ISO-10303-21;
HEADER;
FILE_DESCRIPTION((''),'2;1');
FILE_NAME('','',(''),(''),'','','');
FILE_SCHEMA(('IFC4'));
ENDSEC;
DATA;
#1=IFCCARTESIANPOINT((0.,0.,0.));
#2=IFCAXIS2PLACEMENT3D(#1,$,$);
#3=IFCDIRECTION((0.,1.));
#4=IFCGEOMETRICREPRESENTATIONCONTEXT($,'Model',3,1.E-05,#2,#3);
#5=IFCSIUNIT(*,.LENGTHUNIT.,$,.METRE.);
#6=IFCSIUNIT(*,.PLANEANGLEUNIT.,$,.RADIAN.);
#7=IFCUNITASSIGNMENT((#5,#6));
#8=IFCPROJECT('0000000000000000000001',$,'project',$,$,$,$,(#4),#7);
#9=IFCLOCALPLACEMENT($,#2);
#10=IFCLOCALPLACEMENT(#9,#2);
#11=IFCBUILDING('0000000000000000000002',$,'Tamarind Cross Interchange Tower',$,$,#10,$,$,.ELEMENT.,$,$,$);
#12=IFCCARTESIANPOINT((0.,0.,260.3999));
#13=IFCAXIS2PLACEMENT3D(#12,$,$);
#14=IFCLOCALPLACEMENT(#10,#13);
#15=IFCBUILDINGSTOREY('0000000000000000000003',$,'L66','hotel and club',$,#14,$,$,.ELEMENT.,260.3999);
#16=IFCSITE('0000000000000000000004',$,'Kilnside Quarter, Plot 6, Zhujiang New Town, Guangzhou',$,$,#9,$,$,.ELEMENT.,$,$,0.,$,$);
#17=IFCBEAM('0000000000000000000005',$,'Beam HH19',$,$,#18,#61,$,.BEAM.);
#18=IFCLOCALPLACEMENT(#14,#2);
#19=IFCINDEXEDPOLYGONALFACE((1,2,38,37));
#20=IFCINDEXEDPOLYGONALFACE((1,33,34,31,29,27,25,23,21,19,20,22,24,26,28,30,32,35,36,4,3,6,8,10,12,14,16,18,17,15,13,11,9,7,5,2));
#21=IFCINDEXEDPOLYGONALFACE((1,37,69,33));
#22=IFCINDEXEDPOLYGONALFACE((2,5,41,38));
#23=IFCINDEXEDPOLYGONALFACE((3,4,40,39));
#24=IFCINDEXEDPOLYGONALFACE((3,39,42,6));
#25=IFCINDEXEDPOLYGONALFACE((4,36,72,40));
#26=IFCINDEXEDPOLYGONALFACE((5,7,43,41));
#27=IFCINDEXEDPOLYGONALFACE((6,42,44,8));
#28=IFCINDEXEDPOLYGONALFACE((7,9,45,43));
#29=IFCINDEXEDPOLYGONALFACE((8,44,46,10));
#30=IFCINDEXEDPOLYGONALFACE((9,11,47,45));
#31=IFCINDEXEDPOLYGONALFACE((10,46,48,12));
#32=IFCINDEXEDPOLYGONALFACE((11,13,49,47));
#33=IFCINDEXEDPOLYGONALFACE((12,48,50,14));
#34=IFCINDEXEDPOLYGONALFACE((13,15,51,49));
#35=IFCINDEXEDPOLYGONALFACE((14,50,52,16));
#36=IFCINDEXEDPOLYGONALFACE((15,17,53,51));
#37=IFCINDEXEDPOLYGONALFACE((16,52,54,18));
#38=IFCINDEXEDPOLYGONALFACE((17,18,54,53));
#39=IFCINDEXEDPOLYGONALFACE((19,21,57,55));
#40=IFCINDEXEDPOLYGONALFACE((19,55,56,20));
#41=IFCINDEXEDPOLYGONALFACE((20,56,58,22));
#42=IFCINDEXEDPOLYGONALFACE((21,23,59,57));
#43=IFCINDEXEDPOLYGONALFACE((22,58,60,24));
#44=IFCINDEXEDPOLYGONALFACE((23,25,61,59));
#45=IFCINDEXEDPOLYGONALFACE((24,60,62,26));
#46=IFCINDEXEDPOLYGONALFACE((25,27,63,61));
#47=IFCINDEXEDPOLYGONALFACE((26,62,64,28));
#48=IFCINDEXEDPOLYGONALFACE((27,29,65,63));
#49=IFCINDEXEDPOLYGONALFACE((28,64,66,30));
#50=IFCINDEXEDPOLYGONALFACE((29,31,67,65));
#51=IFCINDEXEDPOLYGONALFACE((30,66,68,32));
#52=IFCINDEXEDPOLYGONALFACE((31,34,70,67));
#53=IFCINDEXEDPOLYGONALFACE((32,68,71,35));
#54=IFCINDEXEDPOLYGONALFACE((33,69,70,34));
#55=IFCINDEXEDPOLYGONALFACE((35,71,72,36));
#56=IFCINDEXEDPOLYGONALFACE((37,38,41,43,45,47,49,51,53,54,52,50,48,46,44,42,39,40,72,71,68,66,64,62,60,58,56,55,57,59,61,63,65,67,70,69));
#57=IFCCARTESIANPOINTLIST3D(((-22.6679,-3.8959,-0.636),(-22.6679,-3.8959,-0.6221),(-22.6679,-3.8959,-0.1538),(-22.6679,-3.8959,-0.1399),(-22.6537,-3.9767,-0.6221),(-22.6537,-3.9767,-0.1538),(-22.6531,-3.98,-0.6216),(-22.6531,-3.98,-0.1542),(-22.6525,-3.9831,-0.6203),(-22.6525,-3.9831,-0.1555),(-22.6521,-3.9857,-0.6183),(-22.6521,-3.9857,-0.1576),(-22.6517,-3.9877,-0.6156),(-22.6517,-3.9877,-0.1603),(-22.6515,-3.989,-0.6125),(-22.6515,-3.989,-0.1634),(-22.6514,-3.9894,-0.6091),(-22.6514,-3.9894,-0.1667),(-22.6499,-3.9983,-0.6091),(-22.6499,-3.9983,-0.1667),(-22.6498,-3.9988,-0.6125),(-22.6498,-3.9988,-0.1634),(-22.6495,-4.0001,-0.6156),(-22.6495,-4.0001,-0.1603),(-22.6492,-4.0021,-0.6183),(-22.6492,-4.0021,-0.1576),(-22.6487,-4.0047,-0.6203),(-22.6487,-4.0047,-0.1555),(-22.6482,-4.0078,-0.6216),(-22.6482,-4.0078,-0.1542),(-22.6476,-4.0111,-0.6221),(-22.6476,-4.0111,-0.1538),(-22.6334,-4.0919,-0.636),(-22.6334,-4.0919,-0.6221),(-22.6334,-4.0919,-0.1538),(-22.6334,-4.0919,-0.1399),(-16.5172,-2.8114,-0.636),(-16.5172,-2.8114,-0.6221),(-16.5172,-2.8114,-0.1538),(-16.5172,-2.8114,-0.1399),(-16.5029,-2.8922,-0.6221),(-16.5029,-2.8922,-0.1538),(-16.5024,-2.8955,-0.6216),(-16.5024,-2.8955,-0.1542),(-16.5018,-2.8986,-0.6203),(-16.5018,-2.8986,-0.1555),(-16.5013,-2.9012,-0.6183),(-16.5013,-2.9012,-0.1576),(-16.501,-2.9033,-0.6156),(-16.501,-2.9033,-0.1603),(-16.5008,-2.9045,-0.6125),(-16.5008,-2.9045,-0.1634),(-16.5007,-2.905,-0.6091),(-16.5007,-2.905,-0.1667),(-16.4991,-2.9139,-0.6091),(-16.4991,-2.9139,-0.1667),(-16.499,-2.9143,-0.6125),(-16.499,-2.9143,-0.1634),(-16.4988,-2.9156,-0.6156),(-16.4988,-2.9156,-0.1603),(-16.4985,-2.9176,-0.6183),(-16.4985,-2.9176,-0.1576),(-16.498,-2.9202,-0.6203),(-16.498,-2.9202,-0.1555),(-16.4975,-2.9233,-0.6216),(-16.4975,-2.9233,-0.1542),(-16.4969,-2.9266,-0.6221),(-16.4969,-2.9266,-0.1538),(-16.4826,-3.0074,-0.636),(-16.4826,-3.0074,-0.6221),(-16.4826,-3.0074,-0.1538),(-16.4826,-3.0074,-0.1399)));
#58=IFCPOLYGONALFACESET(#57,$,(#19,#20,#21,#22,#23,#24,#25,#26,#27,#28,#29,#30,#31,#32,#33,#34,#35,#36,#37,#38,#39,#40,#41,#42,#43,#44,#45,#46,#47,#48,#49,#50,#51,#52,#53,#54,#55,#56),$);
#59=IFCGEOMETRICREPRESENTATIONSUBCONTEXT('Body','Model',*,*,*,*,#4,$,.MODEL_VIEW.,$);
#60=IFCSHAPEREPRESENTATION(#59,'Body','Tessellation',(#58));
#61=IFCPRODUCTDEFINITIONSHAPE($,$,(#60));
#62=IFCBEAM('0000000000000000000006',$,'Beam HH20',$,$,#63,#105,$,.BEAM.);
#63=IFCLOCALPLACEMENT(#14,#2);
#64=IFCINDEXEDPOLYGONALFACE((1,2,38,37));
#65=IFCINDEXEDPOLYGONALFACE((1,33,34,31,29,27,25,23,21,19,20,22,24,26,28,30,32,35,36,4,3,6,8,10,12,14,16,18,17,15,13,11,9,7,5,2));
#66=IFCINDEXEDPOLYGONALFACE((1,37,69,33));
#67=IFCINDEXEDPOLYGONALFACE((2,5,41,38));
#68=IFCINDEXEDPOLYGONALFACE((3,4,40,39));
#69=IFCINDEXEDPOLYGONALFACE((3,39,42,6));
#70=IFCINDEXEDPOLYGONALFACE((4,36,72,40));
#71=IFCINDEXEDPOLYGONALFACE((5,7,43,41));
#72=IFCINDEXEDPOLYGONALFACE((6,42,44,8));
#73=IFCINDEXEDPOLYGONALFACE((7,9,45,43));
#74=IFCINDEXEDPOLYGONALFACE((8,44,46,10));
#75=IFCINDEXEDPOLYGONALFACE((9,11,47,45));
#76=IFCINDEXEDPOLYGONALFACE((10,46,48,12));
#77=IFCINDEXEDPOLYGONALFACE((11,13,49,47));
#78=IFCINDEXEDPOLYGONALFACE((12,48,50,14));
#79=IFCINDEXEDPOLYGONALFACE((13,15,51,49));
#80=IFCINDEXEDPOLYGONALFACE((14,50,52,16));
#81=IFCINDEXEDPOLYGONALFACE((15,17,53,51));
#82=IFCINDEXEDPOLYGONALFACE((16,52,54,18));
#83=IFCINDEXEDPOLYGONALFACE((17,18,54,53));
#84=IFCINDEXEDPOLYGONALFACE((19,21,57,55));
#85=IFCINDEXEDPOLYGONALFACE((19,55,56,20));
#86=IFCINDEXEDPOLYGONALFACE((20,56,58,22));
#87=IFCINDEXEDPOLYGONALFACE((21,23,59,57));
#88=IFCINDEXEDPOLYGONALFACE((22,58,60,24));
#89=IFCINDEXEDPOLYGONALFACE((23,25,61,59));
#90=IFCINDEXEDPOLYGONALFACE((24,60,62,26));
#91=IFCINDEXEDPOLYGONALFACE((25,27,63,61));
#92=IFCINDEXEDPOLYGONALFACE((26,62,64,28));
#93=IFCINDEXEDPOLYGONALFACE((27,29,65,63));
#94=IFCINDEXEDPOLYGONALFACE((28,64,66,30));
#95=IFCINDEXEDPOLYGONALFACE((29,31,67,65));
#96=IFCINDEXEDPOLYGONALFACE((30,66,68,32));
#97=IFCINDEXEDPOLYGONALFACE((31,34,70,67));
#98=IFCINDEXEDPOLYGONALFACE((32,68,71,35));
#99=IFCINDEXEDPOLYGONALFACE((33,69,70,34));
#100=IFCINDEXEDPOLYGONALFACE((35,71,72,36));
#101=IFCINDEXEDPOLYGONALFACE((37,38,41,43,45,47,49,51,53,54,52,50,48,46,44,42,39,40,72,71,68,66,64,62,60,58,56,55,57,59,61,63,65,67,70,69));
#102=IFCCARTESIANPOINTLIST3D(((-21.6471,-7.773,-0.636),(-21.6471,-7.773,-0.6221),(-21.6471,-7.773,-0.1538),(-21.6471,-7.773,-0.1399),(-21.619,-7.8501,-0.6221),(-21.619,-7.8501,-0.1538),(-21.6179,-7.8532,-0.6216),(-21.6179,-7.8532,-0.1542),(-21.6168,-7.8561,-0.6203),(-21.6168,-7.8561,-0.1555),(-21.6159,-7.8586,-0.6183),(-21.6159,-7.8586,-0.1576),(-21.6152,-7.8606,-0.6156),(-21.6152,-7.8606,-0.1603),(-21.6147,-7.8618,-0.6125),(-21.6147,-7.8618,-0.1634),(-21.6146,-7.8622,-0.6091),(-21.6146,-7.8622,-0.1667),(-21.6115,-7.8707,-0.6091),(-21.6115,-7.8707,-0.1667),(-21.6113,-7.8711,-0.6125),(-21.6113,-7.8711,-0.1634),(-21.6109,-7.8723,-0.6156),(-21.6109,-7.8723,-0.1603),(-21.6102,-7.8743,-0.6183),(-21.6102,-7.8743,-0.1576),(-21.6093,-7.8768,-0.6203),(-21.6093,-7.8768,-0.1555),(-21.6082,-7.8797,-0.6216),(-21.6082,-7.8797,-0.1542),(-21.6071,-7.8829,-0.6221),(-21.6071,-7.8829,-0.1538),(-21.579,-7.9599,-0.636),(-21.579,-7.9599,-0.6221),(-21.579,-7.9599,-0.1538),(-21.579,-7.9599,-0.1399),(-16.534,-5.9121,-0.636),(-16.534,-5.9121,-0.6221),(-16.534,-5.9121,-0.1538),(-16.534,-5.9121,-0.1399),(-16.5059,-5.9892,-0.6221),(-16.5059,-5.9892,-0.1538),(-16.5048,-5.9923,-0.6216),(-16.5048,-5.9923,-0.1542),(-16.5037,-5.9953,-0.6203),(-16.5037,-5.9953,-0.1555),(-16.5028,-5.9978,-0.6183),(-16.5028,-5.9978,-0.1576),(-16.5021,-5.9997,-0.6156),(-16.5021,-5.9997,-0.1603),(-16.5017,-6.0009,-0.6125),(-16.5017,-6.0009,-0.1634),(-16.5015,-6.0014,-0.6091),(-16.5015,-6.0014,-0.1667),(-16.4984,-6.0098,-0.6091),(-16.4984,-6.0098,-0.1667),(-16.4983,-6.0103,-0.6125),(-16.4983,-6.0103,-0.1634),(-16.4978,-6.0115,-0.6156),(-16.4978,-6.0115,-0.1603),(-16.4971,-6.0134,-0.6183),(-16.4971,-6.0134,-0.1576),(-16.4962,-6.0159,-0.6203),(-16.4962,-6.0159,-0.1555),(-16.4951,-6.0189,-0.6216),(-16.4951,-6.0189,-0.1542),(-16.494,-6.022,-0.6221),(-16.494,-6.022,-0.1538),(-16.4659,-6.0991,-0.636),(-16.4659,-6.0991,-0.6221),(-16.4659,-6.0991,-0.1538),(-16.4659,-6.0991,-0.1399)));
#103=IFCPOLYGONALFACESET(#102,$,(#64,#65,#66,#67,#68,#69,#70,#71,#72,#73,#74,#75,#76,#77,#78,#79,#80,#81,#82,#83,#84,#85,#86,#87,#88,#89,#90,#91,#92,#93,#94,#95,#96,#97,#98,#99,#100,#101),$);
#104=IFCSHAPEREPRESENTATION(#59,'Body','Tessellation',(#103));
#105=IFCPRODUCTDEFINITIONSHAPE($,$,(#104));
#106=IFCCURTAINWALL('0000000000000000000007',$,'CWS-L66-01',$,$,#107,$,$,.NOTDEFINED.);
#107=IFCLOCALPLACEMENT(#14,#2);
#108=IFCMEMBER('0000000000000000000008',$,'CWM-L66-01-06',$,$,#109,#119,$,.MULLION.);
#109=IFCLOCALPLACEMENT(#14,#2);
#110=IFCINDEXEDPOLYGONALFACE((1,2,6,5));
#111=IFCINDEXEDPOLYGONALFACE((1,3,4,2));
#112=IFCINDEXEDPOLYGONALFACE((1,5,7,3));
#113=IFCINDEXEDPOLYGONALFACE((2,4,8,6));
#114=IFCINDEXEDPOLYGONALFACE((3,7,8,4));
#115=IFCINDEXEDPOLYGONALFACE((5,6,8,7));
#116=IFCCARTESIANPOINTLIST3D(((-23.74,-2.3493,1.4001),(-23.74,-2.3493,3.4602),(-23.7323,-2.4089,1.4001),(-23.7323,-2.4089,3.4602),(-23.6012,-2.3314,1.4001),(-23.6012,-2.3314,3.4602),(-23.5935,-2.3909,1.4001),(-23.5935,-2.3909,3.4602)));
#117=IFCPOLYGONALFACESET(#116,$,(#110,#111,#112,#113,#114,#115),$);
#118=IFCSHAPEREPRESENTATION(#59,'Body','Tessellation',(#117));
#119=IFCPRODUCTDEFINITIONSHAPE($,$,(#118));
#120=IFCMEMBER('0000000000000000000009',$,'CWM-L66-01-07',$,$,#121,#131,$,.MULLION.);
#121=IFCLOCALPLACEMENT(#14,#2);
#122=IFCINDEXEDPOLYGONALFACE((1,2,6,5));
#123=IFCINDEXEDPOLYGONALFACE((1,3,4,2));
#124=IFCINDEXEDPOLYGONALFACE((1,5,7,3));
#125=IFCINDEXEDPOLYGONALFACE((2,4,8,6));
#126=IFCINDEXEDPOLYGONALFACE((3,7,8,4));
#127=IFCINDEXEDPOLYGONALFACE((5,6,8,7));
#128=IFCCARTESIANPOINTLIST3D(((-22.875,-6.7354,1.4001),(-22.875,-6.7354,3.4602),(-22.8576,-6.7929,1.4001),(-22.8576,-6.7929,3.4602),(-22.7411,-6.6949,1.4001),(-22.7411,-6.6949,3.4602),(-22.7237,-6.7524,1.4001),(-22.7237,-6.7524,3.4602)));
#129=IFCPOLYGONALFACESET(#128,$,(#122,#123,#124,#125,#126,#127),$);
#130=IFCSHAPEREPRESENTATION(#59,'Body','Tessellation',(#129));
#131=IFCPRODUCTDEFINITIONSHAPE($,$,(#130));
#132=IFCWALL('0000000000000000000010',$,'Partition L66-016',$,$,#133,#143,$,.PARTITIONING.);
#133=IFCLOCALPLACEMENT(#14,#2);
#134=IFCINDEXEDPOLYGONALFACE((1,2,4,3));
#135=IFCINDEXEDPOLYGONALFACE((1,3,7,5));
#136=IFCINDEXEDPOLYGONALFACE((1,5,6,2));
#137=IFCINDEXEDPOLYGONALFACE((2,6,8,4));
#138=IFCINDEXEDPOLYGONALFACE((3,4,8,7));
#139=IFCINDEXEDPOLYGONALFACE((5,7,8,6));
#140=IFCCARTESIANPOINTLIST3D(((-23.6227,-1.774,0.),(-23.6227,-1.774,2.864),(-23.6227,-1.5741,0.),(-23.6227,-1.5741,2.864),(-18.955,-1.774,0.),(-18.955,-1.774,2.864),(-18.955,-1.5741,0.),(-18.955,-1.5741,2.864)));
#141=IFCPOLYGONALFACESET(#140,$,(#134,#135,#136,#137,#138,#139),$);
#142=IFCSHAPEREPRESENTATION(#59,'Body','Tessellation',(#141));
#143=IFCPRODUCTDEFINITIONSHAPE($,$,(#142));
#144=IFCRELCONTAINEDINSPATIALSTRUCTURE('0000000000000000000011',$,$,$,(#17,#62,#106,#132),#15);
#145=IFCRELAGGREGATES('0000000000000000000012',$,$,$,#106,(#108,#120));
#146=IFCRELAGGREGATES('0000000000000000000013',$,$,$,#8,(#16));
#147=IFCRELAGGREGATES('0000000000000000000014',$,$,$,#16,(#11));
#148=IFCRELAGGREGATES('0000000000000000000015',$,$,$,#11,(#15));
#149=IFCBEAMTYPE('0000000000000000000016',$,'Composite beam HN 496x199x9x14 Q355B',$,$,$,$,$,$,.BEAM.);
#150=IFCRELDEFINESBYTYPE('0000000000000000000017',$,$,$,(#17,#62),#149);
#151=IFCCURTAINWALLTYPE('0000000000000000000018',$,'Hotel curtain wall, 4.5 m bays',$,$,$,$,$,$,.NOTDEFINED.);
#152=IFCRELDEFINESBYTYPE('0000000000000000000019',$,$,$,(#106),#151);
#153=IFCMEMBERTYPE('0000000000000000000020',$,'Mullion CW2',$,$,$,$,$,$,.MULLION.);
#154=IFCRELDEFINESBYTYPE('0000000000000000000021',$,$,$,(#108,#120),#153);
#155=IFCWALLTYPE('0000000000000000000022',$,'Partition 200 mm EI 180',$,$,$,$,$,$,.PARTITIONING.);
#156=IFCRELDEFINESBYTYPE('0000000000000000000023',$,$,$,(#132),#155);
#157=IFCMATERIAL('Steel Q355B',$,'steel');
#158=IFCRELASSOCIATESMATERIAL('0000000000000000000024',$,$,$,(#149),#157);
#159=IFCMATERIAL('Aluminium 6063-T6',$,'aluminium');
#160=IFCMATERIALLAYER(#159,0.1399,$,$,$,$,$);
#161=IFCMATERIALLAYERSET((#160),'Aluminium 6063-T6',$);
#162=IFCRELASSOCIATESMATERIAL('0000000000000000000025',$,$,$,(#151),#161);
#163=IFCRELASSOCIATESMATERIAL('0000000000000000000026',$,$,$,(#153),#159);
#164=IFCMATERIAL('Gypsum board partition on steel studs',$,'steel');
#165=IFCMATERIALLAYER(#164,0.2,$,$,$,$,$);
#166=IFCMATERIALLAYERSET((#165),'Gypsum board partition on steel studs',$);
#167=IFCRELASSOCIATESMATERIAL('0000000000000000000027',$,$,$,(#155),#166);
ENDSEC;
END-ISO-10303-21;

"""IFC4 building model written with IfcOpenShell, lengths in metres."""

from ifc_helpers import new_model, si_unit, direction, frame, frame_2d, origin, origin_2d, place, context, subcontext, project, spatial, rectangle, i_section, extrude, material, layer, layer_set, material_profile, profile_set, type_object, element, aggregate, save


model = new_model("IFC4")

# Units and contexts
model_context = context("Model", 3, precision=1e-05, world=origin(), true_north=direction((0.0, 1.0)))
body_context = subcontext(model_context, "Body", "Model", "MODEL_VIEW")
ifc_project = project(units=[si_unit("LENGTHUNIT", "METRE"), si_unit("PLANEANGLEUNIT", "RADIAN")], contexts=[model_context])

# Site, building, storey
site_placement = place(None, origin())
site = spatial("IfcSite", under=ifc_project, at=site_placement, Name="Kilnside Quarter, Plot 6, Zhujiang New Town, Guangzhou", CompositionType="ELEMENT", RefElevation=0.0)
building_placement = place(site_placement, origin())
building = spatial("IfcBuilding", under=site, at=building_placement, Name="Tamarind Cross Interchange Tower", CompositionType="ELEMENT")
storey_placement = place(building_placement, frame((0.0, 0.0, 260.3999)))
storey = spatial("IfcBuildingStorey", under=building, at=storey_placement, Name="L66", Description="hotel and club", CompositionType="ELEMENT", Elevation=260.3999)

# Beams
ifc_material_1 = material(Name="Steel Q355B", Category="steel")
ifc_material_profile_1 = material_profile(ifc_material_1, i_section(OverallWidth=0.199, OverallDepth=0.4961, WebThickness=0.009, FlangeThickness=0.0139, FilletRadius=0.0129, at=origin_2d()), Name="HN 496x199x9x14")
ifc_profile_set_1 = profile_set([ifc_material_profile_1], Name="Steel Q355B")
beam_type = type_object("IfcBeamType", Name="Composite beam HN 496x199x9x14 Q355B", PredefinedType="BEAM", material=ifc_profile_set_1)
beam_1_placement = place(storey_placement, frame((-22.6506, -3.9939, -0.3879), z_axis=(0.984809, 0.17364, 0.0), x_axis=(-0.17364, 0.984809, 0.0)))
element("IfcBeam", 1, at=beam_1_placement, inside=storey, type_object=beam_type, Name="Beam HH19", PredefinedType="BEAM", context=body_context, shape_type="SweptSolid", body=[
    extrude(i_section(OverallWidth=0.199, OverallDepth=0.4961, WebThickness=0.009, FlangeThickness=0.0139, FilletRadius=0.0129, at=origin_2d()), origin(), (0.0, 0.0, 1.0), 6.2456),
])
beam_2_placement = place(storey_placement, frame((-21.613, -7.8665, -0.3879), z_axis=(0.939702, 0.341995, 0.0), x_axis=(-0.341995, 0.939702, 0.0)))
element("IfcBeam", 2, at=beam_2_placement, inside=storey, type_object=beam_type, Name="Beam HH20", PredefinedType="BEAM", context=body_context, shape_type="SweptSolid", body=[
    extrude(i_section(OverallWidth=0.199, OverallDepth=0.4961, WebThickness=0.009, FlangeThickness=0.0139, FilletRadius=0.0129, at=origin_2d()), origin(), (0.0, 0.0, 1.0), 5.4412),
])

# Curtain wall, members
ifc_material_2 = material(Name="Aluminium 6063-T6", Category="aluminium")
ifc_layer_1 = layer(ifc_material_2, 0.1399)
ifc_layer_set_1 = layer_set([ifc_layer_1], Name="Aluminium 6063-T6")
curtain_wall_type = type_object("IfcCurtainWallType", Name="Hotel curtain wall, 4.5 m bays", PredefinedType="NOTDEFINED", material=ifc_layer_set_1)
curtain_wall_placement = place(storey_placement, origin())
curtain_wall = element("IfcCurtainWall", 3, at=curtain_wall_placement, inside=storey, type_object=curtain_wall_type, Name="CWS-L66-01", PredefinedType="NOTDEFINED")
ifc_material_profile_2 = material_profile(ifc_material_2, rectangle(XDim=0.0601, YDim=0.1399, at=origin_2d()), Name="Mullion CW2")
ifc_profile_set_2 = profile_set([ifc_material_profile_2], Name="Aluminium 6063-T6")
member_type = type_object("IfcMemberType", Name="Mullion CW2", PredefinedType="MULLION", material=ifc_profile_set_2)
member_1_placement = place(storey_placement, frame((-23.6667, -2.3701, 1.4001), z_axis=(0.0, 0.0, 1.0), x_axis=(0.127962, -0.991779, 0.0)))
member_1 = element("IfcMember", 4, at=member_1_placement, type_object=member_type, Name="CWM-L66-01-06", PredefinedType="MULLION", context=body_context, shape_type="SweptSolid", body=[
    extrude(rectangle(XDim=0.0601, YDim=0.1399, at=origin_2d()), origin(), (0.0, 0.0, 1.0), 2.0601),
])
member_2_placement = place(storey_placement, frame((-22.7993, -6.7439, 1.4001), z_axis=(0.0, 0.0, 1.0), x_axis=(0.289458, -0.957191, 0.0)))
member_2 = element("IfcMember", 5, at=member_2_placement, type_object=member_type, Name="CWM-L66-01-07", PredefinedType="MULLION", context=body_context, shape_type="SweptSolid", body=[
    extrude(rectangle(XDim=0.0601, YDim=0.1399, at=origin_2d()), origin(), (0.0, 0.0, 1.0), 2.0601),
])
aggregate(curtain_wall, [member_1, member_2])

# Wall
ifc_material_3 = material(Name="Gypsum board partition on steel studs", Category="steel")
ifc_layer_2 = layer(ifc_material_3, 0.2)
ifc_layer_set_2 = layer_set([ifc_layer_2], Name="Gypsum board partition on steel studs")
wall_type = type_object("IfcWallType", Name="Partition 200 mm EI 180", PredefinedType="PARTITIONING", material=ifc_layer_set_2)
wall_placement = place(storey_placement, frame((-23.6228, -1.6741, 0.0), z_axis=(0.0, 0.0, 1.0), x_axis=(1.0, 0.0, 0.0)))
element("IfcWall", 6, at=wall_placement, inside=storey, type_object=wall_type, Name="Partition L66-016", PredefinedType="PARTITIONING", context=body_context, shape_type="SweptSolid", body=[
    extrude(rectangle(XDim=4.6677, YDim=0.2, at=frame_2d((2.334, 0.0))), origin(), (0.0, 0.0, 1.0), 2.864),
])

save(model, "model.ifc")
